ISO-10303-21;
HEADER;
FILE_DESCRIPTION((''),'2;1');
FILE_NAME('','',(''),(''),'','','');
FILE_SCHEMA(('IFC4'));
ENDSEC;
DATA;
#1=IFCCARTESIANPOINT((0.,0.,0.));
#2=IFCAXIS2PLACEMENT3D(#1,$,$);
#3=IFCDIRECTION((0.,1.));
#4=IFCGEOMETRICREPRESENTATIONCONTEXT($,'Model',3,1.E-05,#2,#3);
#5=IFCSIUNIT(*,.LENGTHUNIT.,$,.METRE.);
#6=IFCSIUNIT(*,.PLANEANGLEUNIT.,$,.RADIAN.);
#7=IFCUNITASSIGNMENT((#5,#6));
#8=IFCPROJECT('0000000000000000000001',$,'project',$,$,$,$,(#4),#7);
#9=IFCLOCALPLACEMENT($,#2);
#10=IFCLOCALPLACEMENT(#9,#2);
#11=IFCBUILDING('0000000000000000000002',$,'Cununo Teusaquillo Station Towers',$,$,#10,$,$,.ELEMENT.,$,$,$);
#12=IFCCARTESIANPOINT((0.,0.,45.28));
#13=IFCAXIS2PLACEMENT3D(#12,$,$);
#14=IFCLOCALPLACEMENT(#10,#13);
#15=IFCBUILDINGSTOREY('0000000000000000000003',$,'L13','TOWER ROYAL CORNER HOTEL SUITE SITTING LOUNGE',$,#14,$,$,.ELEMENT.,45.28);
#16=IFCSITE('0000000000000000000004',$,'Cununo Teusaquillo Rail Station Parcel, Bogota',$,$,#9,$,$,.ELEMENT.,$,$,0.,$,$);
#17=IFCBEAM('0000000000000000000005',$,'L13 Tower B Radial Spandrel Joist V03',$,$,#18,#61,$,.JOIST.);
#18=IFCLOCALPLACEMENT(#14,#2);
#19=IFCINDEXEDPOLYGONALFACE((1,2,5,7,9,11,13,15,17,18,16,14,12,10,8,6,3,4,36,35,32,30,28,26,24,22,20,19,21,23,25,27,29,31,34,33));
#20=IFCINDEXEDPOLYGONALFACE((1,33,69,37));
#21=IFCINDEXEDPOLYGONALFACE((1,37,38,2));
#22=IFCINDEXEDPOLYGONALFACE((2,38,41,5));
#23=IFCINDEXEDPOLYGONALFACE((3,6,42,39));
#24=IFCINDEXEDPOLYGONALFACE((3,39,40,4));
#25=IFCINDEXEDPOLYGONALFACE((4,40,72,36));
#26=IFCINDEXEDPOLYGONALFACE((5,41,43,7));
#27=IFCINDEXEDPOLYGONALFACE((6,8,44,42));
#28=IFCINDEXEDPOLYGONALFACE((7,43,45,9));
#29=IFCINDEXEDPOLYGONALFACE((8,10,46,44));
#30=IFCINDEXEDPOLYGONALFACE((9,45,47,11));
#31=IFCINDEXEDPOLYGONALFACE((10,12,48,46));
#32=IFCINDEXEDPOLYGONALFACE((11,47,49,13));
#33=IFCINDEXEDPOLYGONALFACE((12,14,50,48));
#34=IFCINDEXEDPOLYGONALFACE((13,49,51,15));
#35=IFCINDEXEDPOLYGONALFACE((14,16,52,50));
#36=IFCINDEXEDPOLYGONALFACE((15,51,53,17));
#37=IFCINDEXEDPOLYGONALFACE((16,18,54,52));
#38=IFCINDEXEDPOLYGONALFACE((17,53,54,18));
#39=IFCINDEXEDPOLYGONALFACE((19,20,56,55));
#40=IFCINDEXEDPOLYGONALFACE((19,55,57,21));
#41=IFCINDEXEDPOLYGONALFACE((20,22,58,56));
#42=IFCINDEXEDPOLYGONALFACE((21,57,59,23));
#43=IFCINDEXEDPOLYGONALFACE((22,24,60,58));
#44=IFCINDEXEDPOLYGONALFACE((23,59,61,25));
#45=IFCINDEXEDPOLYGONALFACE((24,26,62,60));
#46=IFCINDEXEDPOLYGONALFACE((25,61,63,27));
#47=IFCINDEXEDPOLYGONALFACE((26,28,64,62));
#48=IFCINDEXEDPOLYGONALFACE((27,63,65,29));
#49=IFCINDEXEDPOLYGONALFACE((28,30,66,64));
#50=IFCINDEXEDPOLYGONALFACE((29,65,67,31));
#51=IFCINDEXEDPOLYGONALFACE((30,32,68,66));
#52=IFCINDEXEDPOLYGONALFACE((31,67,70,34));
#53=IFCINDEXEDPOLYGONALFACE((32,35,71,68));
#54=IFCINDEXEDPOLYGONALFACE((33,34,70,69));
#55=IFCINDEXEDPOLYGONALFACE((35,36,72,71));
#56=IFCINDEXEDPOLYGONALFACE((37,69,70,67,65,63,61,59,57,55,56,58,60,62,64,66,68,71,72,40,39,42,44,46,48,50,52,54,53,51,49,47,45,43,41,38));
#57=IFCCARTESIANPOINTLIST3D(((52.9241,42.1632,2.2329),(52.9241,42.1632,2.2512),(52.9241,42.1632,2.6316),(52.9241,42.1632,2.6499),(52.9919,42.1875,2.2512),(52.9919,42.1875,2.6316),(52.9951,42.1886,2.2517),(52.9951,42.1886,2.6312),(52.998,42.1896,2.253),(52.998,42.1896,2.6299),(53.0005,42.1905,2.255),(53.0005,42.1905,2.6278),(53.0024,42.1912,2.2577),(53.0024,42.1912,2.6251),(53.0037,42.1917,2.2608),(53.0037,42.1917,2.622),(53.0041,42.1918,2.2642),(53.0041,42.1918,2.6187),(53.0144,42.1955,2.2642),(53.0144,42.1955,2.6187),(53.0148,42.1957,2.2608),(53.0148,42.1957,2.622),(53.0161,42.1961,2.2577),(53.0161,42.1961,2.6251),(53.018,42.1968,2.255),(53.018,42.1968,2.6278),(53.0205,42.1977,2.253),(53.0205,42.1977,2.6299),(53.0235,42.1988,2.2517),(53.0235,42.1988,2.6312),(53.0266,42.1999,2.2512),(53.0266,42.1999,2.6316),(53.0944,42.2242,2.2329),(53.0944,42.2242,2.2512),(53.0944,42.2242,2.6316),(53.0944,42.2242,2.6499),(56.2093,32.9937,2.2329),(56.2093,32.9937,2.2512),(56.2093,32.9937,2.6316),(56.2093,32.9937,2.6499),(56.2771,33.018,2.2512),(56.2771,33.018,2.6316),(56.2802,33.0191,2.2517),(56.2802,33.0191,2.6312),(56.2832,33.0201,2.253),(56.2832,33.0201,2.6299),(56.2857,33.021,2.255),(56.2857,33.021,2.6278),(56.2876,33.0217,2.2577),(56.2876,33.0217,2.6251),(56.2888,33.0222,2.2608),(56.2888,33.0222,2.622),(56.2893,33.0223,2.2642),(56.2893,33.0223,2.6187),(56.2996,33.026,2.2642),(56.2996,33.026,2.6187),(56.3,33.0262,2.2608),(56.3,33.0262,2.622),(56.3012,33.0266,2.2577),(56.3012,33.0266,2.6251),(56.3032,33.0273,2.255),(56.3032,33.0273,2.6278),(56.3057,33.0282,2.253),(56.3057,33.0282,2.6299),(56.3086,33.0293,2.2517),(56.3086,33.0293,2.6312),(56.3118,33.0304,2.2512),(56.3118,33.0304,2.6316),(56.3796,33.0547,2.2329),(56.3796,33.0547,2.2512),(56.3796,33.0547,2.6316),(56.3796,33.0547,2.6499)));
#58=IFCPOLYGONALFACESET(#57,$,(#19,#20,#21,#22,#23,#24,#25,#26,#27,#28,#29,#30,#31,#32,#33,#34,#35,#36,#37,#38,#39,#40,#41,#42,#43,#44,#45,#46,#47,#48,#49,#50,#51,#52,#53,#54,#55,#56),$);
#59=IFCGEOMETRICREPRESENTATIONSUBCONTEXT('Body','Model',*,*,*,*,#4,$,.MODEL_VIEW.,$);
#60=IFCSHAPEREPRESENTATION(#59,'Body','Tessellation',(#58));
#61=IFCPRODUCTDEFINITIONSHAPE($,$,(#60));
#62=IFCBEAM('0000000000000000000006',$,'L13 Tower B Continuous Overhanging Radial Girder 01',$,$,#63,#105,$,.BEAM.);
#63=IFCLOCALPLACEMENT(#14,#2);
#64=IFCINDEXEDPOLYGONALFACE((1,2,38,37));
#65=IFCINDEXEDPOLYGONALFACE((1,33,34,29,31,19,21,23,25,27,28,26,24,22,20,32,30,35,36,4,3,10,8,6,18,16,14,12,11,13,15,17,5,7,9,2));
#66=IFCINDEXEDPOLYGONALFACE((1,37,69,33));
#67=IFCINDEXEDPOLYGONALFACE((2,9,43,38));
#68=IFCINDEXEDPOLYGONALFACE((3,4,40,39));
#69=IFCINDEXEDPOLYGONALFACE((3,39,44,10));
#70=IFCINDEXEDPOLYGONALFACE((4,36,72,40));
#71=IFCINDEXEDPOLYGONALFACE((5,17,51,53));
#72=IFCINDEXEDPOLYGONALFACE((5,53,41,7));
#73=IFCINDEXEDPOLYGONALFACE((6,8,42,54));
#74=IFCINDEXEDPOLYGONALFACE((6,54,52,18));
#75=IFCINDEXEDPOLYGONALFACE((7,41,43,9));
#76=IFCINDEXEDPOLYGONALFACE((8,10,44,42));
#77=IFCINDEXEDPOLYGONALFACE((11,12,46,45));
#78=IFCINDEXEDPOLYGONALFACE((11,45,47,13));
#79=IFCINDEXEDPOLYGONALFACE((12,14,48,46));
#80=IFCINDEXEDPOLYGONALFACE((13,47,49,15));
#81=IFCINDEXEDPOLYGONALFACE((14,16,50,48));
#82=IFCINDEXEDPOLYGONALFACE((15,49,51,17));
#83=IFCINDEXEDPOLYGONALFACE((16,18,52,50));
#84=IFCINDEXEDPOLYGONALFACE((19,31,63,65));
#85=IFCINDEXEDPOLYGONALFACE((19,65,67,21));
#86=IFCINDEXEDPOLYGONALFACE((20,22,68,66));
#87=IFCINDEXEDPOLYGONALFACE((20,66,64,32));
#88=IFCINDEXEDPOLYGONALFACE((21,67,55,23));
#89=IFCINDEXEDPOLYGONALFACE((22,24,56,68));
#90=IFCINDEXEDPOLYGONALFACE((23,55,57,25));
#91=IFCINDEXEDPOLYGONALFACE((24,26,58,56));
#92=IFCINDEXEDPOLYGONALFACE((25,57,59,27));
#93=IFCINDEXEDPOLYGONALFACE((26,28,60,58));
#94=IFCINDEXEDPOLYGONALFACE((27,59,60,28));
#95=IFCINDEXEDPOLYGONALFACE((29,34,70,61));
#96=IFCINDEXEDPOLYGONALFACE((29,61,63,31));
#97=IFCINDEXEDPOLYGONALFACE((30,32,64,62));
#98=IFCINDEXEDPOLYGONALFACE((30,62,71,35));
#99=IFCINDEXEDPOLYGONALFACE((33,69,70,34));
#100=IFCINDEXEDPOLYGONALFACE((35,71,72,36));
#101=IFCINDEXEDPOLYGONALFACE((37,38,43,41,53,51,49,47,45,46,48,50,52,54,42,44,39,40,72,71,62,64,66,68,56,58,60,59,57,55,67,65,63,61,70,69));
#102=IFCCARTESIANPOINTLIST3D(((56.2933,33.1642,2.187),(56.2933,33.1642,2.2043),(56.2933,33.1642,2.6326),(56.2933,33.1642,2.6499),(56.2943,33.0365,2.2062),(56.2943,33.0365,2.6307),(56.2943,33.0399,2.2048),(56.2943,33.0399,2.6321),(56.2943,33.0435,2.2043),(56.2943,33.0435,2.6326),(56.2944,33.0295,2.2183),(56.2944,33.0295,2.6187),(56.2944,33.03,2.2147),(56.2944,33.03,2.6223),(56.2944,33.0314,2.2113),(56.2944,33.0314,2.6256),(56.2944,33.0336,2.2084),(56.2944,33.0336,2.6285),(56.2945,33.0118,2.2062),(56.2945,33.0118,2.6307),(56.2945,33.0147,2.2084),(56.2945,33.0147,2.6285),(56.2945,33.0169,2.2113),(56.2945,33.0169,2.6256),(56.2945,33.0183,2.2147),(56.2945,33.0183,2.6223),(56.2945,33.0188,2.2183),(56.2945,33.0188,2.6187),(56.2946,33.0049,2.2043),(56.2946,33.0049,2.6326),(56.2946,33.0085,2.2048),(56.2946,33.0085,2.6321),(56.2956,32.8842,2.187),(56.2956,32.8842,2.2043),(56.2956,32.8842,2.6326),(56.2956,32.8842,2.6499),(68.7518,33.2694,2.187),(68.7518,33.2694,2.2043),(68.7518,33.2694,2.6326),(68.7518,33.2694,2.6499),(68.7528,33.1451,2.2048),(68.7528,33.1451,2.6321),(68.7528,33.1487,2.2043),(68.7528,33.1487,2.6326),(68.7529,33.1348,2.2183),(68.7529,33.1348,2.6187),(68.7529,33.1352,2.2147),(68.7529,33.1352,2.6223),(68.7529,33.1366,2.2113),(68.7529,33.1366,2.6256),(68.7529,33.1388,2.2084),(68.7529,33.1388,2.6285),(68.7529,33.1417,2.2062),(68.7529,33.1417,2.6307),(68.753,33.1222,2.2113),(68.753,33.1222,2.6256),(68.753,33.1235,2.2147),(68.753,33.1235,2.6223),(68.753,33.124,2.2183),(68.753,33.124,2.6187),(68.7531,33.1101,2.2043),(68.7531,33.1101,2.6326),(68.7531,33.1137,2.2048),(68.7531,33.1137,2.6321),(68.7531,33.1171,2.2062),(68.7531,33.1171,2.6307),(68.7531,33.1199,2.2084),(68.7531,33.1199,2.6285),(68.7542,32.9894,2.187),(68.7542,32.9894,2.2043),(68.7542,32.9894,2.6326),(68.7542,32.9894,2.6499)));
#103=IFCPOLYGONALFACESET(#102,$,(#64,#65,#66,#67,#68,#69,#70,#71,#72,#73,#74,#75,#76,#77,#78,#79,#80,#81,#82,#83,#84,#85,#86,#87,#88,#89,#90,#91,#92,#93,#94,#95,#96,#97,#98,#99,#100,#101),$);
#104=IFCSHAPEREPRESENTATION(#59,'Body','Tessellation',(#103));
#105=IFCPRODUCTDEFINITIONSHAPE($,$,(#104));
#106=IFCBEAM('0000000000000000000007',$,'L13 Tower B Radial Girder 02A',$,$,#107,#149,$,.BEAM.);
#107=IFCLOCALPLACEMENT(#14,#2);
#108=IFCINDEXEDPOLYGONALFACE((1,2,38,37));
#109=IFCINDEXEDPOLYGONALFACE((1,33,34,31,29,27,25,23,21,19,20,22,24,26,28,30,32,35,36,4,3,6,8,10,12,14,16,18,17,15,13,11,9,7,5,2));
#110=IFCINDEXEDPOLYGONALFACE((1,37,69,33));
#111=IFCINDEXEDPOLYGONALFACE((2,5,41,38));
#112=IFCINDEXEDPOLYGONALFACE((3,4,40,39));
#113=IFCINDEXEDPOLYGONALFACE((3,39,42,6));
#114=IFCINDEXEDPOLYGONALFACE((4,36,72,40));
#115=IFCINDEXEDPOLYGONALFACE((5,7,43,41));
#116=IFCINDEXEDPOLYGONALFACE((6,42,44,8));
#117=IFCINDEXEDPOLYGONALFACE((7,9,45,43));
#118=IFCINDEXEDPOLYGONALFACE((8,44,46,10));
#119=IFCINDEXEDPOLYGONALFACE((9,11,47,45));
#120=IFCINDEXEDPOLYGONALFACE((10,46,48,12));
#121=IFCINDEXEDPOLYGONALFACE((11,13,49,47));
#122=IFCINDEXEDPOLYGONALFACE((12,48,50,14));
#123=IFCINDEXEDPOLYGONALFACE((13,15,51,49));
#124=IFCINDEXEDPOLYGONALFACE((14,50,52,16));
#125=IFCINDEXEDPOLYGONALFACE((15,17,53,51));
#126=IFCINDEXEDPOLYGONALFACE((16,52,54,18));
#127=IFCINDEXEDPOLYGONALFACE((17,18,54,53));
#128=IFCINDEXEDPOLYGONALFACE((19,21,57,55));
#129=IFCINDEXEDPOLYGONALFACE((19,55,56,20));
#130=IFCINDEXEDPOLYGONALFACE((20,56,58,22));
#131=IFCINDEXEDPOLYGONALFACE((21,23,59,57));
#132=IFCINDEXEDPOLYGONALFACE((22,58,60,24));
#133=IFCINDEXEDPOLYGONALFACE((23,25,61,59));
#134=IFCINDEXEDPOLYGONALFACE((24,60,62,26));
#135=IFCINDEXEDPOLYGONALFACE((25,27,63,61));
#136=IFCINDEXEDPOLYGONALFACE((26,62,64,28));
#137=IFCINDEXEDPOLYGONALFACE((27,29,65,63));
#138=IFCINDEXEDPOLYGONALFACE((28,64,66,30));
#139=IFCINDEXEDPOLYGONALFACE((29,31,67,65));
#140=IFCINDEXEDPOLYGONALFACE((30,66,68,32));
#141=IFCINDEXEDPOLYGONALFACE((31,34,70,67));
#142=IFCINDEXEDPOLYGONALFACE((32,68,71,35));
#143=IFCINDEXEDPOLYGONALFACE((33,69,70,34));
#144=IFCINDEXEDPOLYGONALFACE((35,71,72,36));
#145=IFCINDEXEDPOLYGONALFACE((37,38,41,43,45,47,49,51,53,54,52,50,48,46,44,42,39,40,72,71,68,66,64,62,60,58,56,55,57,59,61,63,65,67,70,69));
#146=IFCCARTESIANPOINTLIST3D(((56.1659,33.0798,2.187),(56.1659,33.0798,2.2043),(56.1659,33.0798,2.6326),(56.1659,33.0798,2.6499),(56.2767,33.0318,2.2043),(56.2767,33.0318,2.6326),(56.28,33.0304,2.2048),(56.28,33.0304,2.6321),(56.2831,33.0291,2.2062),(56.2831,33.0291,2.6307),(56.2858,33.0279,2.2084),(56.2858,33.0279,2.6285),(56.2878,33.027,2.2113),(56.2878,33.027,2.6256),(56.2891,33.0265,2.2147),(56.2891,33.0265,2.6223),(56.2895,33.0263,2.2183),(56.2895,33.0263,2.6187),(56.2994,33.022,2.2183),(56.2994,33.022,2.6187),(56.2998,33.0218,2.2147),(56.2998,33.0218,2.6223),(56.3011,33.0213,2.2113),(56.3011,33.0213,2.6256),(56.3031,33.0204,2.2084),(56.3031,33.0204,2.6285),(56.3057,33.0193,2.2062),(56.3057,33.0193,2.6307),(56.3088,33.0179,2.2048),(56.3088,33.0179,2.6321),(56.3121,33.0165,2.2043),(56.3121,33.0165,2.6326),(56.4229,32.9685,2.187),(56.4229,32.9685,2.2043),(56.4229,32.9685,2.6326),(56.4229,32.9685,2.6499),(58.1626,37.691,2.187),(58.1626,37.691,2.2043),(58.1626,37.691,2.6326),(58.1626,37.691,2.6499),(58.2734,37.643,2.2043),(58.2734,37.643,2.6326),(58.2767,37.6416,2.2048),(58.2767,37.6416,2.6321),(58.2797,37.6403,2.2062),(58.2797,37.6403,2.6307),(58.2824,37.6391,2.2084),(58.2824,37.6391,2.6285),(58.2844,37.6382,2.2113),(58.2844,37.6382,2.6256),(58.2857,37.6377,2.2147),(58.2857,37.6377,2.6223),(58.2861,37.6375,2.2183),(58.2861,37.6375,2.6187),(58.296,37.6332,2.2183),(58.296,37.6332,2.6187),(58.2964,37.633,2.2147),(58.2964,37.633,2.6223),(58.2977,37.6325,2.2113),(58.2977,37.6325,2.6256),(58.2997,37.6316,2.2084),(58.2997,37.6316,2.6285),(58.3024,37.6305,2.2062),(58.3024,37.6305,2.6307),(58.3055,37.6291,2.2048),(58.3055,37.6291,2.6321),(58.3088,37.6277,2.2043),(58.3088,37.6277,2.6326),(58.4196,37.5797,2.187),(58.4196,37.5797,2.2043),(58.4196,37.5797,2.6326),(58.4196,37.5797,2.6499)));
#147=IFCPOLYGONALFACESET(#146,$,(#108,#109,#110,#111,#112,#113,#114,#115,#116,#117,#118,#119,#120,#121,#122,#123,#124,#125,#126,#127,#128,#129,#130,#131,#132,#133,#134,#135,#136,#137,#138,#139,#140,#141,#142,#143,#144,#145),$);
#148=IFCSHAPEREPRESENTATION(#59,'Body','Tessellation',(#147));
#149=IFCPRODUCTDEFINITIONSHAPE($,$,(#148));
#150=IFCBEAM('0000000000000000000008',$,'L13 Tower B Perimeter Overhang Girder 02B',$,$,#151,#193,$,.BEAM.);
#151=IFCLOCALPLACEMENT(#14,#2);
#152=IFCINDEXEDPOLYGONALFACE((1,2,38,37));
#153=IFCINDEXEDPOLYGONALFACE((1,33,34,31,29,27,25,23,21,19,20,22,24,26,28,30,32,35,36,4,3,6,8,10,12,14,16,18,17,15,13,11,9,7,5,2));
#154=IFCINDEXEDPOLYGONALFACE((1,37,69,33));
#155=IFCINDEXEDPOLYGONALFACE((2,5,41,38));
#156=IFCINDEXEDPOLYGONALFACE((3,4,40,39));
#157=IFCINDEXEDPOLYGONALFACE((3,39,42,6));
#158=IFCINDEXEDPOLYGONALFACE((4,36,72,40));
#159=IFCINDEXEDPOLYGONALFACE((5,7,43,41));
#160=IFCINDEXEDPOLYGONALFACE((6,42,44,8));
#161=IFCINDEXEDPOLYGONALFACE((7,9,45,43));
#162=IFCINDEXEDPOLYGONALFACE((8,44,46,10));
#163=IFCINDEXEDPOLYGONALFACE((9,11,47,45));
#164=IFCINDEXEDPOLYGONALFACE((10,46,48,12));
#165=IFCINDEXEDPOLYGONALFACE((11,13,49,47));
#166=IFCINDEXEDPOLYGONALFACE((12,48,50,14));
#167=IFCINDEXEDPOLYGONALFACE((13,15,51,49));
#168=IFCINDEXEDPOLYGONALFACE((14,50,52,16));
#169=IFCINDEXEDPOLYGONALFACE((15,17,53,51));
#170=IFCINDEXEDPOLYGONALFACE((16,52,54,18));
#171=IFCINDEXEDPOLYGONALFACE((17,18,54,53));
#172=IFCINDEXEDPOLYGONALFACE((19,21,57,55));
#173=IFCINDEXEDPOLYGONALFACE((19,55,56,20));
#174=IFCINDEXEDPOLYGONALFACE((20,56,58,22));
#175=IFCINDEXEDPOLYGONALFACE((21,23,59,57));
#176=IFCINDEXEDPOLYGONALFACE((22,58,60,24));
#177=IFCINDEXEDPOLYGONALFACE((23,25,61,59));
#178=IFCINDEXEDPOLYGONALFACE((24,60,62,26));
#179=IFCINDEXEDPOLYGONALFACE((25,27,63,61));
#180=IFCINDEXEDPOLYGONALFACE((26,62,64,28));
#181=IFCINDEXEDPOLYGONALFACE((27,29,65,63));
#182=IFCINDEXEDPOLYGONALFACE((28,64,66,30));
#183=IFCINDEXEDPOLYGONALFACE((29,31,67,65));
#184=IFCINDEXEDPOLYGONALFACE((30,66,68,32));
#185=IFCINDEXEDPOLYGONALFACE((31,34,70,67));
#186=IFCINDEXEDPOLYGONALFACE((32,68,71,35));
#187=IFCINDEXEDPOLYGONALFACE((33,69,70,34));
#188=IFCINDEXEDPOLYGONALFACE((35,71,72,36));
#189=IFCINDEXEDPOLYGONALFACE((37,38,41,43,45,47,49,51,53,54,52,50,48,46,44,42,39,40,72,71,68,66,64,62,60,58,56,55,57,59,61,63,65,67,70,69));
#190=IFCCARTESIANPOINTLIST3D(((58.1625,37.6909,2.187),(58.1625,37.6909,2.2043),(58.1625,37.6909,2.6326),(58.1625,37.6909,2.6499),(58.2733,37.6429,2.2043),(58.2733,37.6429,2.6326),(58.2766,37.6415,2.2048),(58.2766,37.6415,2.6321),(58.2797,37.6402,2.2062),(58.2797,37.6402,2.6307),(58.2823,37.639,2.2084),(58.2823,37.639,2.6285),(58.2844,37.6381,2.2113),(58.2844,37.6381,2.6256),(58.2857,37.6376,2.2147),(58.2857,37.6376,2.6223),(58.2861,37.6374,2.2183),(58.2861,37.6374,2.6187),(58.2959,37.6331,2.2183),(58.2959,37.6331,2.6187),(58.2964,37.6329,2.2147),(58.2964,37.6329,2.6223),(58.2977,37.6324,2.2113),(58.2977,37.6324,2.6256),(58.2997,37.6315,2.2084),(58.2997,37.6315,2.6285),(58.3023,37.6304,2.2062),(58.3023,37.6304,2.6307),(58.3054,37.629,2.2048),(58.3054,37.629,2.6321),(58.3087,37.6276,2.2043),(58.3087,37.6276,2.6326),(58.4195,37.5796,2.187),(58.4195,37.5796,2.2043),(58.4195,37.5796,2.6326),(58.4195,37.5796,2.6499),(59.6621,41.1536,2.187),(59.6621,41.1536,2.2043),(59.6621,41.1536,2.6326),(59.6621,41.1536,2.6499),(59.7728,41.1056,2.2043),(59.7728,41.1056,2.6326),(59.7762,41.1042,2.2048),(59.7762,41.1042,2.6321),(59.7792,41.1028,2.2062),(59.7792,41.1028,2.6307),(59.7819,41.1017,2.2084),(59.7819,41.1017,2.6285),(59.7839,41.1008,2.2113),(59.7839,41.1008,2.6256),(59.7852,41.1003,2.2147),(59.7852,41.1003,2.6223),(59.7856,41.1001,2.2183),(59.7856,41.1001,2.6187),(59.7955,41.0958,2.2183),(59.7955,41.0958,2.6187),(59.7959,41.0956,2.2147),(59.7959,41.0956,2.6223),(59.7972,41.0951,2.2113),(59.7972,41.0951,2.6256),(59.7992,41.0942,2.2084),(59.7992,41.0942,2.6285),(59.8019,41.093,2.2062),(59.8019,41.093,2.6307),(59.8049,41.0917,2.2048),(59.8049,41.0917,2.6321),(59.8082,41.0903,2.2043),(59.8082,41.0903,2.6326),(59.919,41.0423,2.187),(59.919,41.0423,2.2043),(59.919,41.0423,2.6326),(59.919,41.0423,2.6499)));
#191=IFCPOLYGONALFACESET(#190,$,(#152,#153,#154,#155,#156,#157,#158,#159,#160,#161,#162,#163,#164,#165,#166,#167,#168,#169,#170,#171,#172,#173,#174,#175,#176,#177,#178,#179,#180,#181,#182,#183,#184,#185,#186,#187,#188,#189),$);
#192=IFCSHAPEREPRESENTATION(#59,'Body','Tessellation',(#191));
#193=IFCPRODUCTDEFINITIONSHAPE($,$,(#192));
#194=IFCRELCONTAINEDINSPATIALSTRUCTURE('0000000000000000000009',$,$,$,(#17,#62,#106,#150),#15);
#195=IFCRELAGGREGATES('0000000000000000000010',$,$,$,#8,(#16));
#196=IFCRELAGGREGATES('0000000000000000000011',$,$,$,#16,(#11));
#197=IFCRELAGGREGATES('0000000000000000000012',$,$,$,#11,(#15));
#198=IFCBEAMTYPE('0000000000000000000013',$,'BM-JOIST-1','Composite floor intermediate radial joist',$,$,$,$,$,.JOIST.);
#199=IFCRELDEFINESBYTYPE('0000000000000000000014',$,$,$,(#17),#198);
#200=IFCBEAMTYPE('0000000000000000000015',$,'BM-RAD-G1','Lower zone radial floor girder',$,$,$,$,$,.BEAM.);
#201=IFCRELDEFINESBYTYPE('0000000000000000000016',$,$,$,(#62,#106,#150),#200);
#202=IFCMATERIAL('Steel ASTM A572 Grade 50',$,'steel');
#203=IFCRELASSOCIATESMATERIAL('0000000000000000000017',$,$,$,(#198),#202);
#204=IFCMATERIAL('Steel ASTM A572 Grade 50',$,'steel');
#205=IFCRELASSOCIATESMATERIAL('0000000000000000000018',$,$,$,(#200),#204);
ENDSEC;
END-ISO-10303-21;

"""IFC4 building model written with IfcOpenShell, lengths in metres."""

from ifc_helpers import new_model, si_unit, direction, frame, origin, origin_2d, place, context, subcontext, project, spatial, i_section, extrude, material, material_profile, profile_set, type_object, element, save


model = new_model("IFC4")

# Units and contexts
model_context = context("Model", 3, precision=1e-05, world=origin(), true_north=direction((0.0, 1.0)))
body_context = subcontext(model_context, "Body", "Model", "MODEL_VIEW")
ifc_project = project(units=[si_unit("LENGTHUNIT", "METRE"), si_unit("PLANEANGLEUNIT", "RADIAN")], contexts=[model_context])

# Site, building, storey
site_placement = place(None, origin())
site = spatial("IfcSite", under=ifc_project, at=site_placement, Name="Cununo Teusaquillo Rail Station Parcel, Bogota", CompositionType="ELEMENT", RefElevation=0.0)
building_placement = place(site_placement, origin())
building = spatial("IfcBuilding", under=site, at=building_placement, Name="Cununo Teusaquillo Station Towers", CompositionType="ELEMENT")
storey_placement = place(building_placement, frame((0.0, 0.0, 45.28)))
storey = spatial("IfcBuildingStorey", under=building, at=storey_placement, Name="L13", Description="TOWER ROYAL CORNER HOTEL SUITE SITTING LOUNGE", CompositionType="ELEMENT", Elevation=45.28)

# Beams
ifc_material_1 = material(Name="Steel ASTM A572 Grade 50", Category="steel")
ifc_material_profile_1 = material_profile(ifc_material_1, i_section(OverallWidth=0.1809, OverallDepth=0.417, WebThickness=0.011, FlangeThickness=0.0183, FilletRadius=0.0129, at=origin_2d()), Name="W16X57")
ifc_profile_set_1 = profile_set([ifc_material_profile_1], Name="Steel ASTM A572 Grade 50")
beam_type_1 = type_object("IfcBeamType", Name="BM-JOIST-1", Description="Composite floor intermediate radial joist", PredefinedType="JOIST", material=ifc_profile_set_1)
beam_1_placement = place(storey_placement, frame((56.2944, 33.0242, 2.4414), z_axis=(-0.337279, 0.941405, 0.0), x_axis=(-0.941405, -0.337279, 0.0)))
element("IfcBeam", 1, at=beam_1_placement, inside=storey, type_object=beam_type_1, Name="L13 Tower B Radial Spandrel Joist V03", PredefinedType="JOIST", context=body_context, shape_type="SweptSolid", body=[
    extrude(i_section(OverallWidth=0.1809, OverallDepth=0.417, WebThickness=0.011, FlangeThickness=0.0183, FilletRadius=0.0129, at=origin_2d()), origin(), (0.0, 0.0, 1.0), 9.7402),
])
ifc_material_2 = material(Name="Steel ASTM A572 Grade 50", Category="steel")
ifc_material_profile_2 = material_profile(ifc_material_2, i_section(OverallWidth=0.28, OverallDepth=0.4629, WebThickness=0.0107, FlangeThickness=0.0173, FilletRadius=0.0139, at=origin_2d()), Name="W18X76")
ifc_profile_set_2 = profile_set([ifc_material_profile_2], Name="Steel ASTM A572 Grade 50")
beam_type_2 = type_object("IfcBeamType", Name="BM-RAD-G1", Description="Lower zone radial floor girder", PredefinedType="BEAM", material=ifc_profile_set_2)
beam_2_placement = place(storey_placement, frame((56.2944, 33.0242, 2.4185), z_axis=(0.999964, 0.008446, 0.0), x_axis=(-0.008446, 0.999964, 0.0)))
element("IfcBeam", 2, at=beam_2_placement, inside=storey, type_object=beam_type_2, Name="L13 Tower B Continuous Overhanging Radial Girder 01", PredefinedType="BEAM", context=body_context, shape_type="SweptSolid", body=[
    extrude(i_section(OverallWidth=0.28, OverallDepth=0.4629, WebThickness=0.0107, FlangeThickness=0.0173, FilletRadius=0.0139, at=origin_2d()), origin(), (0.0, 0.0, 1.0), 12.459),
])
beam_3_placement = place(storey_placement, frame((56.2944, 33.0242, 2.4185), z_axis=(0.397347, 0.917668, 0.0), x_axis=(-0.917668, 0.397347, 0.0)))
element("IfcBeam", 3, at=beam_3_placement, inside=storey, type_object=beam_type_2, Name="L13 Tower B Radial Girder 02A", PredefinedType="BEAM", context=body_context, shape_type="SweptSolid", body=[
    extrude(i_section(OverallWidth=0.28, OverallDepth=0.4629, WebThickness=0.0107, FlangeThickness=0.0173, FilletRadius=0.0139, at=origin_2d()), origin(), (0.0, 0.0, 1.0), 5.0249),
])
beam_4_placement = place(storey_placement, frame((58.291, 37.6353, 2.4185), z_axis=(0.397391, 0.917649, 0.0), x_axis=(-0.917649, 0.397391, 0.0)))
element("IfcBeam", 4, at=beam_4_placement, inside=storey, type_object=beam_type_2, Name="L13 Tower B Perimeter Overhang Girder 02B", PredefinedType="BEAM", context=body_context, shape_type="SweptSolid", body=[
    extrude(i_section(OverallWidth=0.28, OverallDepth=0.4629, WebThickness=0.0107, FlangeThickness=0.0173, FilletRadius=0.0139, at=origin_2d()), origin(), (0.0, 0.0, 1.0), 3.7734),
])

save(model, "model.ifc")
